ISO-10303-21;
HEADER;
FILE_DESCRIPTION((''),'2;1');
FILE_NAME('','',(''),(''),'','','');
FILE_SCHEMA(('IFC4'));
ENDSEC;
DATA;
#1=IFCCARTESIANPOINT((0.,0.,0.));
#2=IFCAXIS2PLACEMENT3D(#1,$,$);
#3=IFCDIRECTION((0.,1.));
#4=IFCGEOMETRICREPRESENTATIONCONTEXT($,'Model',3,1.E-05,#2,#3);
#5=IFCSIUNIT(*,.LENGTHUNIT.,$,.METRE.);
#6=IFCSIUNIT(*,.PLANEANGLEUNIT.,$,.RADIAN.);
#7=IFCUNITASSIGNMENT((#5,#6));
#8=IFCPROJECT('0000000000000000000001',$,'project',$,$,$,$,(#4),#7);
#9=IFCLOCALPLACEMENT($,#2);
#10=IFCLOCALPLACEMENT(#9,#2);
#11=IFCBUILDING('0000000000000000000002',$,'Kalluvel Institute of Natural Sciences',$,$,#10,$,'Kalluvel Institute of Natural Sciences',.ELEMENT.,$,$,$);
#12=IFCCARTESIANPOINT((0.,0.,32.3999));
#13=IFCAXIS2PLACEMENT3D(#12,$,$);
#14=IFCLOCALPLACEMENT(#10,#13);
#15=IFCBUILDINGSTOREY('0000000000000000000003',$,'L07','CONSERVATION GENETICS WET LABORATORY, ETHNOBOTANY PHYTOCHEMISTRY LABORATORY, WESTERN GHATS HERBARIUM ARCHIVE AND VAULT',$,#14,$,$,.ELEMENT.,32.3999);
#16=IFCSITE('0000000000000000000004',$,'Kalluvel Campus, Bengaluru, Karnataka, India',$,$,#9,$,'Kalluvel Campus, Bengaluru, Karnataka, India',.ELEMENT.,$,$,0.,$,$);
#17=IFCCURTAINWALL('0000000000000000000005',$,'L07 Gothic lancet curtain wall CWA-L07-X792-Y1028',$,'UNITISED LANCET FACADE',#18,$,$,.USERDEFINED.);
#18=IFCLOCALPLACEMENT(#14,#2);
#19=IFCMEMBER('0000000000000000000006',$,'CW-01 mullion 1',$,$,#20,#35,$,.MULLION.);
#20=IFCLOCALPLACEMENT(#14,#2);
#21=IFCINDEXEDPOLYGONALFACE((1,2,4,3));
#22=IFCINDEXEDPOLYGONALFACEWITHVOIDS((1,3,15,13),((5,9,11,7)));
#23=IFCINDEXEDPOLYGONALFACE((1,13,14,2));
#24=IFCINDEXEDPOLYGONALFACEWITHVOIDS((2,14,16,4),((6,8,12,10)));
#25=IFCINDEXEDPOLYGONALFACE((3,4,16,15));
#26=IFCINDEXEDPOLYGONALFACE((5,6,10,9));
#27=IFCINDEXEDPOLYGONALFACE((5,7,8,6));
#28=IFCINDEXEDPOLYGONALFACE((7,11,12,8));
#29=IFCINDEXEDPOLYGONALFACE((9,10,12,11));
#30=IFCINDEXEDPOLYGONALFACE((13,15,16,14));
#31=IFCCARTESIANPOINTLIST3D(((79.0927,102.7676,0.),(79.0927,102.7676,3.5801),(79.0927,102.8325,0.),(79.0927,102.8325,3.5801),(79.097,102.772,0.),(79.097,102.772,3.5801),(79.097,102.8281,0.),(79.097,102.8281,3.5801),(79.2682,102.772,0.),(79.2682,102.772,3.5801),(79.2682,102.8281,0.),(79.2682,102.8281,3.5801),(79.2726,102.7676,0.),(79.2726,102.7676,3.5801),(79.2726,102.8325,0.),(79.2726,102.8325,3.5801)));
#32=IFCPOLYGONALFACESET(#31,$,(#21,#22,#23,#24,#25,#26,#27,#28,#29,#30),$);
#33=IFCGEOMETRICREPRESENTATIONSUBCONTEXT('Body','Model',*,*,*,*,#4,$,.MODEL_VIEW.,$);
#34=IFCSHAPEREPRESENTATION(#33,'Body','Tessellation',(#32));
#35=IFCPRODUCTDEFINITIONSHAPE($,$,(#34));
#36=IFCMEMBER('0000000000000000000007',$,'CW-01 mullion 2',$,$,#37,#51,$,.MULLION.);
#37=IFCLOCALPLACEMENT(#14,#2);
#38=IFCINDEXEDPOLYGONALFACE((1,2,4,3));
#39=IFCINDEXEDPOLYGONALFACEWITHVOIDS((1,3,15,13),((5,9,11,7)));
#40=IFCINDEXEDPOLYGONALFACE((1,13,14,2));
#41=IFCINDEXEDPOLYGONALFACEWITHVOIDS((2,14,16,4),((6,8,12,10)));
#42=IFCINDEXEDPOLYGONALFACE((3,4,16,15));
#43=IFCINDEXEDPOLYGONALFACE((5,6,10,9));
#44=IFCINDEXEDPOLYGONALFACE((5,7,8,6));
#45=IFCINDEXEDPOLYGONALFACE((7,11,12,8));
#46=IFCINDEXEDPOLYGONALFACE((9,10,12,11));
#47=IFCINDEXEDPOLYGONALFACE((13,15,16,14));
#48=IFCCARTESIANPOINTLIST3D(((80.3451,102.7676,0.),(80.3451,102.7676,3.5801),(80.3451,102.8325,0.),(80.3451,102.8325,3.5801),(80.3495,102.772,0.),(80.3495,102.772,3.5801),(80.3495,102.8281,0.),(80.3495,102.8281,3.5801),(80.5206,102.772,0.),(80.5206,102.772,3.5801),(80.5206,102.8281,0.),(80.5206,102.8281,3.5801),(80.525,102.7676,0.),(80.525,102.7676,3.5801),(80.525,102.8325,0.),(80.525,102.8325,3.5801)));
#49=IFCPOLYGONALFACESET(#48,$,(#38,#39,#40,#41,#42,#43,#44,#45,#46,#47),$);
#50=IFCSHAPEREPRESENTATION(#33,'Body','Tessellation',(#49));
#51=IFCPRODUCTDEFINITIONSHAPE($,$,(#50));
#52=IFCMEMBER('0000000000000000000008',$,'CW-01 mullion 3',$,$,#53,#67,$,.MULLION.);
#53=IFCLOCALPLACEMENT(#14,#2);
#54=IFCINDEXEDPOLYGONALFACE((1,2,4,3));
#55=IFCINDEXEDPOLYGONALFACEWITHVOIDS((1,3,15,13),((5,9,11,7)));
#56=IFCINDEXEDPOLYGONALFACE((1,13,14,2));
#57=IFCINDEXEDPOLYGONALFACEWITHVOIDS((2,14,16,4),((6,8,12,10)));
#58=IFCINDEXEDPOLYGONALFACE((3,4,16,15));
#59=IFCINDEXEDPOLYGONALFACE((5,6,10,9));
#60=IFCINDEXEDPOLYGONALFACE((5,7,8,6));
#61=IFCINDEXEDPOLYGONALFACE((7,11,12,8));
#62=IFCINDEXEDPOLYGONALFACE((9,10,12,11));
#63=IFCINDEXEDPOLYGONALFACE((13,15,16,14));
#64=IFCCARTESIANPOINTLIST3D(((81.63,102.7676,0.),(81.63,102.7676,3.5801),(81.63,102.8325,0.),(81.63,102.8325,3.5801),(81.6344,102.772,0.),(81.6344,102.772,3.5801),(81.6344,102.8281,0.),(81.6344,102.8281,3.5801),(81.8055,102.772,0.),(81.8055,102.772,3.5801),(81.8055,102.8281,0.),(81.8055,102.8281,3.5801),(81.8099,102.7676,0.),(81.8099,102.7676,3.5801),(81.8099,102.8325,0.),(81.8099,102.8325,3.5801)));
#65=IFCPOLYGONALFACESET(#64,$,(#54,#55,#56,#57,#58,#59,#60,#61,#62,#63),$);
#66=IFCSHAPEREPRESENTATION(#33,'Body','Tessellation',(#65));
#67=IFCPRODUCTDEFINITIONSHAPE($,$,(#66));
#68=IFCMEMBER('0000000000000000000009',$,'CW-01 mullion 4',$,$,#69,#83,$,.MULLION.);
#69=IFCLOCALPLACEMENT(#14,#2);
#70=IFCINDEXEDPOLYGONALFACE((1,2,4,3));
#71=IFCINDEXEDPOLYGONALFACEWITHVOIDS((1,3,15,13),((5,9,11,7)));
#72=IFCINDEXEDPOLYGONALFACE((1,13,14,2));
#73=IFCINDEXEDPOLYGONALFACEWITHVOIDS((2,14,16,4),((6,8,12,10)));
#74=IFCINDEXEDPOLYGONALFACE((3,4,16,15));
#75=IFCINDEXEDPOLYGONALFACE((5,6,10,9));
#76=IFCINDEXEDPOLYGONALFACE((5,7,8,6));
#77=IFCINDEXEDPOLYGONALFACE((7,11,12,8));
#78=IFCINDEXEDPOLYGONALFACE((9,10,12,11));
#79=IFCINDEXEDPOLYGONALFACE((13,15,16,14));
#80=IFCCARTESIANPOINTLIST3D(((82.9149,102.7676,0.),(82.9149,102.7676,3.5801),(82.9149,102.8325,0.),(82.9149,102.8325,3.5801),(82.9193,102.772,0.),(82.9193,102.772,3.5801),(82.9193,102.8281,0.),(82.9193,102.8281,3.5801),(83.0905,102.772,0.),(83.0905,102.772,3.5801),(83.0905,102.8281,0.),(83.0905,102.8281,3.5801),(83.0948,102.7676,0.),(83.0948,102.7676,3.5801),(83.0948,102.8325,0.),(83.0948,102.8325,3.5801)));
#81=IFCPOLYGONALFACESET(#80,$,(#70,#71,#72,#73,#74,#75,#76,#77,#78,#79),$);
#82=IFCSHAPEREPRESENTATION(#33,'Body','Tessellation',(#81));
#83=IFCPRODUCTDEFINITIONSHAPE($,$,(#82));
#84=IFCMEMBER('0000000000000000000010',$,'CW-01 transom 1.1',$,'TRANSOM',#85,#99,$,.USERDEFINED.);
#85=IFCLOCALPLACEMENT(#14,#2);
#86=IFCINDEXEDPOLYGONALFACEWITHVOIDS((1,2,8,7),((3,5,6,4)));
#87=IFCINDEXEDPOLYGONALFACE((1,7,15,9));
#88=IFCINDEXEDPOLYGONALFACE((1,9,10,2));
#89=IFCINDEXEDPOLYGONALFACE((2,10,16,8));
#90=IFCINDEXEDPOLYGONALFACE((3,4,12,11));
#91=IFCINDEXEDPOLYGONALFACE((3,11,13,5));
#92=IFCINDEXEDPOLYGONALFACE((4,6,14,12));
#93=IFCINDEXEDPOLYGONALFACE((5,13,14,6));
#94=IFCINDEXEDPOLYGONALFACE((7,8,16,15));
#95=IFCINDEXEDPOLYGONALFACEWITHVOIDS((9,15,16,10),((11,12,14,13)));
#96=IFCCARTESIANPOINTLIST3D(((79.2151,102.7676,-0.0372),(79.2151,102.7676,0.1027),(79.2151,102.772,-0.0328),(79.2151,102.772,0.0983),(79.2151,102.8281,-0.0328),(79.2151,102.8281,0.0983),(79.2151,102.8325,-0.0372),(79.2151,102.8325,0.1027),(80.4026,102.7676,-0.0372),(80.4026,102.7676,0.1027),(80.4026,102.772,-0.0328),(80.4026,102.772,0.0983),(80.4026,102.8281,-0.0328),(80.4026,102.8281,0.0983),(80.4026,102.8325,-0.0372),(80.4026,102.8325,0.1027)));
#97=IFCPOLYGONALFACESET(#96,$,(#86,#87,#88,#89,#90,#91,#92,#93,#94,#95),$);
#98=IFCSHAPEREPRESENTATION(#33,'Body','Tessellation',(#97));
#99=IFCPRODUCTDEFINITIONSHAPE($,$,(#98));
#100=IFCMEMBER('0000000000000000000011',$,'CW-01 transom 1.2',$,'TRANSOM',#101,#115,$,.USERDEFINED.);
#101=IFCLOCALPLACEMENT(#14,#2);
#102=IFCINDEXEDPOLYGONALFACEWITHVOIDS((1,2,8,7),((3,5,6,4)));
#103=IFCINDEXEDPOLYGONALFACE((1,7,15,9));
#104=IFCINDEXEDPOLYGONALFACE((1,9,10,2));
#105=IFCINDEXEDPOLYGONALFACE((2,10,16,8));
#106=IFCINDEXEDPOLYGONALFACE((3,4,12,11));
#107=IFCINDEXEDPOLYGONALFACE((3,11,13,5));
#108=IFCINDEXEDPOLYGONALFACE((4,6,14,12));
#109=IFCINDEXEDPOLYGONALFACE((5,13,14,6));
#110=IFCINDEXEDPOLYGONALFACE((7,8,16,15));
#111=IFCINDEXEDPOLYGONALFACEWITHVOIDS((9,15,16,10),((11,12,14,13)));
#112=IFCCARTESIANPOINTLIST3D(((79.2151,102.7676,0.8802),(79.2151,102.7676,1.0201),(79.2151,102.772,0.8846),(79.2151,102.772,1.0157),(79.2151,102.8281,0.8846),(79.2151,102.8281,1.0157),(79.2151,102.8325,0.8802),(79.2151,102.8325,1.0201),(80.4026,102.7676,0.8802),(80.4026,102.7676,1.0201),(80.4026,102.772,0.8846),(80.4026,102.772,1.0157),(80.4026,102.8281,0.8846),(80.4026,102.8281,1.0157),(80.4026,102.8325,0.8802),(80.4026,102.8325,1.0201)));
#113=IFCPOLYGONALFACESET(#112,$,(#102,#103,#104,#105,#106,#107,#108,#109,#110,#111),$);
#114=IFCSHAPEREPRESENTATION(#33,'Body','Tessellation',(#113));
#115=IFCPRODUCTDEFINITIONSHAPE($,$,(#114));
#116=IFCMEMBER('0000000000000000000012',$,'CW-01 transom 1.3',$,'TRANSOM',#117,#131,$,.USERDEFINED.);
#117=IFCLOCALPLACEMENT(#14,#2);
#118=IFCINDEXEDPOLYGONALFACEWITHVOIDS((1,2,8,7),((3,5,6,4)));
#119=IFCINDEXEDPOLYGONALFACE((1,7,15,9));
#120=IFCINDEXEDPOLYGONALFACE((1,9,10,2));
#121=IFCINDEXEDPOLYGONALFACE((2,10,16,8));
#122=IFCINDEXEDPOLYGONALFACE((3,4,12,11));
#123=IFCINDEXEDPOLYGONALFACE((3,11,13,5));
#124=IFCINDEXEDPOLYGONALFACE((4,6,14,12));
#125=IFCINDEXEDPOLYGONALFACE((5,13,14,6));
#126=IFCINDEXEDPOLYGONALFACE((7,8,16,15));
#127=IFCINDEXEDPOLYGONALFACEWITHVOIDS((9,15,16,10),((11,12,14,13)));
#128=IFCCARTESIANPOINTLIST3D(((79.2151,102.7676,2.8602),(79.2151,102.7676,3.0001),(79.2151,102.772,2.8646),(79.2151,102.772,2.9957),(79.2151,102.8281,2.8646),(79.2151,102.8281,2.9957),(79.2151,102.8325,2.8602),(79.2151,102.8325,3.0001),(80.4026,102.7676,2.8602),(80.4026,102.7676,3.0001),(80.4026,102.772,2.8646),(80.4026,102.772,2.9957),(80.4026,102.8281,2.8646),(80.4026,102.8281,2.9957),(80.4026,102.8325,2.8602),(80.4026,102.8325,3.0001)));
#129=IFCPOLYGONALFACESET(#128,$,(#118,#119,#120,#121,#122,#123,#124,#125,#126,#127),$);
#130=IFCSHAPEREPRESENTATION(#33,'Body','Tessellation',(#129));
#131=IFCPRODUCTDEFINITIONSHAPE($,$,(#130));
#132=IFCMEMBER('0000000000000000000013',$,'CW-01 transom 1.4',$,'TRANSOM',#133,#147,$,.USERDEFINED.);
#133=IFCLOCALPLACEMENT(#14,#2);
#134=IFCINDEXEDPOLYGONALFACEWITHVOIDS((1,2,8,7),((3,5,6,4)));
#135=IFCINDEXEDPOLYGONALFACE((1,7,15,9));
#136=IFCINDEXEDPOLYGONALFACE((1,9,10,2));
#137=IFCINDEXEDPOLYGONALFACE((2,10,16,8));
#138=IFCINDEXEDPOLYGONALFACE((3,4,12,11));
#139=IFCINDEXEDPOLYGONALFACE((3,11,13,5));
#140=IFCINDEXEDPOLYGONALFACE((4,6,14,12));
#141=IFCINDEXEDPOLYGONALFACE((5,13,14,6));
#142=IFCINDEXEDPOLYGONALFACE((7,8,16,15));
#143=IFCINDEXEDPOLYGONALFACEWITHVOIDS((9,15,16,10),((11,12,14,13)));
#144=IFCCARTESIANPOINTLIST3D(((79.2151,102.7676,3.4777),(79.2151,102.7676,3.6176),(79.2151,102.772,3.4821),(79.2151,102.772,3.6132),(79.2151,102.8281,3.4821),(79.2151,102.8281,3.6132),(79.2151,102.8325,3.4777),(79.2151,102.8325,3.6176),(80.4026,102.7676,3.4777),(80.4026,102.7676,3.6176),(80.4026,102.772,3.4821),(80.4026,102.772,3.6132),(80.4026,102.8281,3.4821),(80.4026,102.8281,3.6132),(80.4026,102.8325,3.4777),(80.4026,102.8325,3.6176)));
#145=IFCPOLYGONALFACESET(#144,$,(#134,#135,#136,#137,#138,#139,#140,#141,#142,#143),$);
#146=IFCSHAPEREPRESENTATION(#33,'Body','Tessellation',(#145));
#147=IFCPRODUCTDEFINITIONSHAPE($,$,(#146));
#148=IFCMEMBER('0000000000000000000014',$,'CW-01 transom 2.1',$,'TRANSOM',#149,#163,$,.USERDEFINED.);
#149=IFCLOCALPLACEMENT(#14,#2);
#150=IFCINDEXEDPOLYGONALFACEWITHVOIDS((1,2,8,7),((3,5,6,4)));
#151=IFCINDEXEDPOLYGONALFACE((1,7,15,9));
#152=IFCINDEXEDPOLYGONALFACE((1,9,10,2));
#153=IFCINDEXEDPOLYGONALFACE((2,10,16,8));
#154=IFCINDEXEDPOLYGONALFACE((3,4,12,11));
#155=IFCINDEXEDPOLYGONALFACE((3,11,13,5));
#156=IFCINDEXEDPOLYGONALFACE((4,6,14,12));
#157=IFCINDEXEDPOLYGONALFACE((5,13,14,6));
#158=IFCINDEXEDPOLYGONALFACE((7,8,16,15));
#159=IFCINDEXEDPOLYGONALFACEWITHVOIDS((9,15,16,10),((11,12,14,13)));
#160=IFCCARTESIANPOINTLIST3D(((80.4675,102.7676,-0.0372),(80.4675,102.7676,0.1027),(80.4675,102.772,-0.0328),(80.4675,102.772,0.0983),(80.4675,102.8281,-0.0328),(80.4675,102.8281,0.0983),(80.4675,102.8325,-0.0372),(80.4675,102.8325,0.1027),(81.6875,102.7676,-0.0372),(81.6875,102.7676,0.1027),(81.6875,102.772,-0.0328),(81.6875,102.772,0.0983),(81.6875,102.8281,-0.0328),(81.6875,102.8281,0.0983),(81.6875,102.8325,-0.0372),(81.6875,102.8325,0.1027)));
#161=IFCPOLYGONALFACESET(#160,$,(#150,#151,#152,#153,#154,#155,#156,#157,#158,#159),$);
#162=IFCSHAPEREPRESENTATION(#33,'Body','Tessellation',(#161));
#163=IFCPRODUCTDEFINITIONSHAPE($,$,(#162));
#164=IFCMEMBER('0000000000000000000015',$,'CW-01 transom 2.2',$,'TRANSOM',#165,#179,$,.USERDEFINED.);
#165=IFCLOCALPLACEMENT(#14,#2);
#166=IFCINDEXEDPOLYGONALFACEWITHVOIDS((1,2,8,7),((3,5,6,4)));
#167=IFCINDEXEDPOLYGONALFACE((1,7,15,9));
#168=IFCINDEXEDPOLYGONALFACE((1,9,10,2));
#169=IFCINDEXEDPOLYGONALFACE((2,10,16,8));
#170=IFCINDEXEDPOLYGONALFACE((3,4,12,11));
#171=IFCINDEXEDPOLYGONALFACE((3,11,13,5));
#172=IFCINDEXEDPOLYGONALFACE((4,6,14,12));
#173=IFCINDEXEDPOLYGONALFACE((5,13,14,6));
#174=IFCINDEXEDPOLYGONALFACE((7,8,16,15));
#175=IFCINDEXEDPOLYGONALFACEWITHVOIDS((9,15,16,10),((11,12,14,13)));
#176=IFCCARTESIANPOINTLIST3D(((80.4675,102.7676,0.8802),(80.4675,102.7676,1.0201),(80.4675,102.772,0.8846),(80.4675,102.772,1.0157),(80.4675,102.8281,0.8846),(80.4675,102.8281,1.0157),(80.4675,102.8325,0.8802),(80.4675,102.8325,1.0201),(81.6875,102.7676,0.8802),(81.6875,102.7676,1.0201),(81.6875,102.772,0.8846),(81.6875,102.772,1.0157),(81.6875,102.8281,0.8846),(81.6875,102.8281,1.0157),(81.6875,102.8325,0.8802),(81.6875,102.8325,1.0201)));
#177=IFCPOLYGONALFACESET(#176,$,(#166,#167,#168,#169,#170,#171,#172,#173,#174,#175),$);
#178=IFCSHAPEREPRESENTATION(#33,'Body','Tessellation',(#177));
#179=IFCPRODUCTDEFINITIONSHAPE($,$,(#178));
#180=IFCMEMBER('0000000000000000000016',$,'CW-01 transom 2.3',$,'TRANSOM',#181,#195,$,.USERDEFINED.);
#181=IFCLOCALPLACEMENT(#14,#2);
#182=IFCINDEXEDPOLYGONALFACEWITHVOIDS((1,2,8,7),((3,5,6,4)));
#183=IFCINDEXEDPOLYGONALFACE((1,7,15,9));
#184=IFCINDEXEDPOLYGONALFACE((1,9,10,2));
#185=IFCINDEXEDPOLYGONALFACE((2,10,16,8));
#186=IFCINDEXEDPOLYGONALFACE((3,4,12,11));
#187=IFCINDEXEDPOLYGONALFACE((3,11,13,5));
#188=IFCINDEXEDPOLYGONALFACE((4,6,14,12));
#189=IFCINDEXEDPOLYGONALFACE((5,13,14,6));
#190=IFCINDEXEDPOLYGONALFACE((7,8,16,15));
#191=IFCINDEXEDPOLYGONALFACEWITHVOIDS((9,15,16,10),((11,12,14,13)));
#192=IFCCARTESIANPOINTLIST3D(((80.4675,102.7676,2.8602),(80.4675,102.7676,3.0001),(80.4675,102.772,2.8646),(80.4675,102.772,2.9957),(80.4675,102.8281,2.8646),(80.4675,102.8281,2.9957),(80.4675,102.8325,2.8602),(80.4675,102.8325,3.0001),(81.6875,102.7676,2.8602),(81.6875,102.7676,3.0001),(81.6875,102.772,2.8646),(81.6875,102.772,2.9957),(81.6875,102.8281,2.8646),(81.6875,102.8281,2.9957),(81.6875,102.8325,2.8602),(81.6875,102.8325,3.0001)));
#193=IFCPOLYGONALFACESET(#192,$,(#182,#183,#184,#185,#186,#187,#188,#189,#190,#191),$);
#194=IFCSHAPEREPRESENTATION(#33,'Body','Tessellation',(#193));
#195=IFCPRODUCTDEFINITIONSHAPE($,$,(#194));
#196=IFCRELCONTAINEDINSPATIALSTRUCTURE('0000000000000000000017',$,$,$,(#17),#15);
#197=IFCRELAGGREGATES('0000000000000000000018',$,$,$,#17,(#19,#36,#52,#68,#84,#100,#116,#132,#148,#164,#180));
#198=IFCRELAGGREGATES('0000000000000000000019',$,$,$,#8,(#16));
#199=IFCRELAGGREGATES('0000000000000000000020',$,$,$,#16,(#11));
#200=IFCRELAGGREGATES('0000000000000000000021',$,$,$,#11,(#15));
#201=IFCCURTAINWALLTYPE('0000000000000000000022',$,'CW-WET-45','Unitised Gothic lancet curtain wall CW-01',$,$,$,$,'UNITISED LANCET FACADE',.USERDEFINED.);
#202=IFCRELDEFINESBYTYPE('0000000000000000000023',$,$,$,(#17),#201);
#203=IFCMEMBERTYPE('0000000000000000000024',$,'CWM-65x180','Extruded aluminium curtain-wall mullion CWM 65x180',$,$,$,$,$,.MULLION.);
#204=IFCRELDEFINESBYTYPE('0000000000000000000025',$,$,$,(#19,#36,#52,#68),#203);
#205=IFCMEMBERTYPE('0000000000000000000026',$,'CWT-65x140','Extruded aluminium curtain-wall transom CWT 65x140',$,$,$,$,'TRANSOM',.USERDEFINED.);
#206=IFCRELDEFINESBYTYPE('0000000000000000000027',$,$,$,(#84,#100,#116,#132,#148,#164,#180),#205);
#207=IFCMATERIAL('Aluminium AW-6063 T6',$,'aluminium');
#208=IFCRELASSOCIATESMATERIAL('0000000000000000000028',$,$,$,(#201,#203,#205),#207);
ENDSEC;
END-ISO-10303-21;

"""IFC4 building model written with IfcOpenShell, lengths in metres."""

from ifc_helpers import new_model, si_unit, direction, frame, origin, origin_2d, place, context, subcontext, project, spatial, hollow_rectangle, extrude, material, material_profile, profile_set, type_object, element, aggregate, save


model = new_model("IFC4")

# Units and contexts
model_context = context("Model", 3, precision=1e-05, world=origin(), true_north=direction((0.0, 1.0)))
body_context = subcontext(model_context, "Body", "Model", "MODEL_VIEW")
ifc_project = project(units=[si_unit("LENGTHUNIT", "METRE"), si_unit("PLANEANGLEUNIT", "RADIAN")], contexts=[model_context])

# Site, building, storey
site_placement = place(None, origin())
site = spatial("IfcSite", under=ifc_project, at=site_placement, Name="Kalluvel Campus, Bengaluru, Karnataka, India", LongName="Kalluvel Campus, Bengaluru, Karnataka, India", CompositionType="ELEMENT", RefElevation=0.0)
building_placement = place(site_placement, origin())
building = spatial("IfcBuilding", under=site, at=building_placement, Name="Kalluvel Institute of Natural Sciences", LongName="Kalluvel Institute of Natural Sciences", CompositionType="ELEMENT")
storey_placement = place(building_placement, frame((0.0, 0.0, 32.3999)))
storey = spatial("IfcBuildingStorey", under=building, at=storey_placement, Name="L07", Description="CONSERVATION GENETICS WET LABORATORY, ETHNOBOTANY PHYTOCHEMISTRY LABORATORY, WESTERN GHATS HERBARIUM ARCHIVE AND VAULT", CompositionType="ELEMENT", Elevation=32.3999)

# Curtain wall, members
ifc_material_1 = material(Name="Aluminium AW-6063 T6", Category="aluminium")
curtain_wall_type = type_object("IfcCurtainWallType", Name="CW-WET-45", Description="Unitised Gothic lancet curtain wall CW-01", ElementType="UNITISED LANCET FACADE", PredefinedType="USERDEFINED", material=ifc_material_1)
curtain_wall_placement = place(storey_placement, origin())
curtain_wall = element("IfcCurtainWall", 1, at=curtain_wall_placement, inside=storey, type_object=curtain_wall_type, Name="L07 Gothic lancet curtain wall CWA-L07-X792-Y1028", ObjectType="UNITISED LANCET FACADE", PredefinedType="USERDEFINED")
ifc_material_profile_1 = material_profile(ifc_material_1, hollow_rectangle(XDim=0.0649, YDim=0.1799, WallThickness=0.0044, at=origin_2d()), Name="CWM 65x180")
ifc_profile_set_1 = profile_set([ifc_material_profile_1], Name="Aluminium AW-6063 T6")
member_type_1 = type_object("IfcMemberType", Name="CWM-65x180", Description="Extruded aluminium curtain-wall mullion CWM 65x180", PredefinedType="MULLION", material=ifc_profile_set_1)
member_1_placement = place(storey_placement, frame((79.1826, 102.8, 0.0), z_axis=(0.0, 0.0, 1.0), x_axis=(0.0, 1.0, 0.0)))
member_1 = element("IfcMember", 2, at=member_1_placement, type_object=member_type_1, Name="CW-01 mullion 1", PredefinedType="MULLION", context=body_context, shape_type="SweptSolid", body=[
    extrude(hollow_rectangle(XDim=0.0649, YDim=0.1799, WallThickness=0.0044, at=origin_2d()), origin(), (0.0, 0.0, 1.0), 3.5801),
])
member_2_placement = place(storey_placement, frame((80.4351, 102.8, 0.0), z_axis=(0.0, 0.0, 1.0), x_axis=(0.0, 1.0, 0.0)))
member_2 = element("IfcMember", 3, at=member_2_placement, type_object=member_type_1, Name="CW-01 mullion 2", PredefinedType="MULLION", context=body_context, shape_type="SweptSolid", body=[
    extrude(hollow_rectangle(XDim=0.0649, YDim=0.1799, WallThickness=0.0044, at=origin_2d()), origin(), (0.0, 0.0, 1.0), 3.5801),
])
member_3_placement = place(storey_placement, frame((81.72, 102.8, 0.0), z_axis=(0.0, 0.0, 1.0), x_axis=(0.0, 1.0, 0.0)))
member_3 = element("IfcMember", 4, at=member_3_placement, type_object=member_type_1, Name="CW-01 mullion 3", PredefinedType="MULLION", context=body_context, shape_type="SweptSolid", body=[
    extrude(hollow_rectangle(XDim=0.0649, YDim=0.1799, WallThickness=0.0044, at=origin_2d()), origin(), (0.0, 0.0, 1.0), 3.5801),
])
member_4_placement = place(storey_placement, frame((83.0049, 102.8, 0.0), z_axis=(0.0, 0.0, 1.0), x_axis=(0.0, 1.0, 0.0)))
member_4 = element("IfcMember", 5, at=member_4_placement, type_object=member_type_1, Name="CW-01 mullion 4", PredefinedType="MULLION", context=body_context, shape_type="SweptSolid", body=[
    extrude(hollow_rectangle(XDim=0.0649, YDim=0.1799, WallThickness=0.0044, at=origin_2d()), origin(), (0.0, 0.0, 1.0), 3.5801),
])
ifc_material_profile_2 = material_profile(ifc_material_1, hollow_rectangle(XDim=0.0649, YDim=0.1399, WallThickness=0.0044, at=origin_2d()), Name="CWT 65x140")
ifc_profile_set_2 = profile_set([ifc_material_profile_2], Name="Aluminium AW-6063 T6")
member_type_2 = type_object("IfcMemberType", Name="CWT-65x140", Description="Extruded aluminium curtain-wall transom CWT 65x140", ElementType="TRANSOM", PredefinedType="USERDEFINED", material=ifc_profile_set_2)
member_5_placement = place(storey_placement, frame((79.2151, 102.8, 0.0327), z_axis=(1.0, 0.0, 0.0), x_axis=(0.0, 1.0, 0.0)))
member_5 = element("IfcMember", 6, at=member_5_placement, type_object=member_type_2, Name="CW-01 transom 1.1", ObjectType="TRANSOM", PredefinedType="USERDEFINED", context=body_context, shape_type="SweptSolid", body=[
    extrude(hollow_rectangle(XDim=0.0649, YDim=0.1399, WallThickness=0.0044, at=origin_2d()), origin(), (0.0, 0.0, 1.0), 1.1875),
])
member_6_placement = place(storey_placement, frame((79.2151, 102.8, 0.9502), z_axis=(1.0, 0.0, 0.0), x_axis=(0.0, 1.0, 0.0)))
member_6 = element("IfcMember", 7, at=member_6_placement, type_object=member_type_2, Name="CW-01 transom 1.2", ObjectType="TRANSOM", PredefinedType="USERDEFINED", context=body_context, shape_type="SweptSolid", body=[
    extrude(hollow_rectangle(XDim=0.0649, YDim=0.1399, WallThickness=0.0044, at=origin_2d()), origin(), (0.0, 0.0, 1.0), 1.1875),
])
member_7_placement = place(storey_placement, frame((79.2151, 102.8, 2.9302), z_axis=(1.0, 0.0, 0.0), x_axis=(0.0, 1.0, 0.0)))
member_7 = element("IfcMember", 8, at=member_7_placement, type_object=member_type_2, Name="CW-01 transom 1.3", ObjectType="TRANSOM", PredefinedType="USERDEFINED", context=body_context, shape_type="SweptSolid", body=[
    extrude(hollow_rectangle(XDim=0.0649, YDim=0.1399, WallThickness=0.0044, at=origin_2d()), origin(), (0.0, 0.0, 1.0), 1.1875),
])
member_8_placement = place(storey_placement, frame((79.2151, 102.8, 3.5476), z_axis=(1.0, 0.0, 0.0), x_axis=(0.0, 1.0, 0.0)))
member_8 = element("IfcMember", 9, at=member_8_placement, type_object=member_type_2, Name="CW-01 transom 1.4", ObjectType="TRANSOM", PredefinedType="USERDEFINED", context=body_context, shape_type="SweptSolid", body=[
    extrude(hollow_rectangle(XDim=0.0649, YDim=0.1399, WallThickness=0.0044, at=origin_2d()), origin(), (0.0, 0.0, 1.0), 1.1875),
])
member_9_placement = place(storey_placement, frame((80.4675, 102.8, 0.0327), z_axis=(1.0, 0.0, 0.0), x_axis=(0.0, 1.0, 0.0)))
member_9 = element("IfcMember", 10, at=member_9_placement, type_object=member_type_2, Name="CW-01 transom 2.1", ObjectType="TRANSOM", PredefinedType="USERDEFINED", context=body_context, shape_type="SweptSolid", body=[
    extrude(hollow_rectangle(XDim=0.0649, YDim=0.1399, WallThickness=0.0044, at=origin_2d()), origin(), (0.0, 0.0, 1.0), 1.22),
])
member_10_placement = place(storey_placement, frame((80.4675, 102.8, 0.9502), z_axis=(1.0, 0.0, 0.0), x_axis=(0.0, 1.0, 0.0)))
member_10 = element("IfcMember", 11, at=member_10_placement, type_object=member_type_2, Name="CW-01 transom 2.2", ObjectType="TRANSOM", PredefinedType="USERDEFINED", context=body_context, shape_type="SweptSolid", body=[
    extrude(hollow_rectangle(XDim=0.0649, YDim=0.1399, WallThickness=0.0044, at=origin_2d()), origin(), (0.0, 0.0, 1.0), 1.22),
])
member_11_placement = place(storey_placement, frame((80.4675, 102.8, 2.9302), z_axis=(1.0, 0.0, 0.0), x_axis=(0.0, 1.0, 0.0)))
member_11 = element("IfcMember", 12, at=member_11_placement, type_object=member_type_2, Name="CW-01 transom 2.3", ObjectType="TRANSOM", PredefinedType="USERDEFINED", context=body_context, shape_type="SweptSolid", body=[
    extrude(hollow_rectangle(XDim=0.0649, YDim=0.1399, WallThickness=0.0044, at=origin_2d()), origin(), (0.0, 0.0, 1.0), 1.22),
])

aggregate(curtain_wall, [member_1, member_2, member_3, member_4, member_5, member_6, member_7, member_8, member_9, member_10, member_11])

save(model, "model.ifc")
